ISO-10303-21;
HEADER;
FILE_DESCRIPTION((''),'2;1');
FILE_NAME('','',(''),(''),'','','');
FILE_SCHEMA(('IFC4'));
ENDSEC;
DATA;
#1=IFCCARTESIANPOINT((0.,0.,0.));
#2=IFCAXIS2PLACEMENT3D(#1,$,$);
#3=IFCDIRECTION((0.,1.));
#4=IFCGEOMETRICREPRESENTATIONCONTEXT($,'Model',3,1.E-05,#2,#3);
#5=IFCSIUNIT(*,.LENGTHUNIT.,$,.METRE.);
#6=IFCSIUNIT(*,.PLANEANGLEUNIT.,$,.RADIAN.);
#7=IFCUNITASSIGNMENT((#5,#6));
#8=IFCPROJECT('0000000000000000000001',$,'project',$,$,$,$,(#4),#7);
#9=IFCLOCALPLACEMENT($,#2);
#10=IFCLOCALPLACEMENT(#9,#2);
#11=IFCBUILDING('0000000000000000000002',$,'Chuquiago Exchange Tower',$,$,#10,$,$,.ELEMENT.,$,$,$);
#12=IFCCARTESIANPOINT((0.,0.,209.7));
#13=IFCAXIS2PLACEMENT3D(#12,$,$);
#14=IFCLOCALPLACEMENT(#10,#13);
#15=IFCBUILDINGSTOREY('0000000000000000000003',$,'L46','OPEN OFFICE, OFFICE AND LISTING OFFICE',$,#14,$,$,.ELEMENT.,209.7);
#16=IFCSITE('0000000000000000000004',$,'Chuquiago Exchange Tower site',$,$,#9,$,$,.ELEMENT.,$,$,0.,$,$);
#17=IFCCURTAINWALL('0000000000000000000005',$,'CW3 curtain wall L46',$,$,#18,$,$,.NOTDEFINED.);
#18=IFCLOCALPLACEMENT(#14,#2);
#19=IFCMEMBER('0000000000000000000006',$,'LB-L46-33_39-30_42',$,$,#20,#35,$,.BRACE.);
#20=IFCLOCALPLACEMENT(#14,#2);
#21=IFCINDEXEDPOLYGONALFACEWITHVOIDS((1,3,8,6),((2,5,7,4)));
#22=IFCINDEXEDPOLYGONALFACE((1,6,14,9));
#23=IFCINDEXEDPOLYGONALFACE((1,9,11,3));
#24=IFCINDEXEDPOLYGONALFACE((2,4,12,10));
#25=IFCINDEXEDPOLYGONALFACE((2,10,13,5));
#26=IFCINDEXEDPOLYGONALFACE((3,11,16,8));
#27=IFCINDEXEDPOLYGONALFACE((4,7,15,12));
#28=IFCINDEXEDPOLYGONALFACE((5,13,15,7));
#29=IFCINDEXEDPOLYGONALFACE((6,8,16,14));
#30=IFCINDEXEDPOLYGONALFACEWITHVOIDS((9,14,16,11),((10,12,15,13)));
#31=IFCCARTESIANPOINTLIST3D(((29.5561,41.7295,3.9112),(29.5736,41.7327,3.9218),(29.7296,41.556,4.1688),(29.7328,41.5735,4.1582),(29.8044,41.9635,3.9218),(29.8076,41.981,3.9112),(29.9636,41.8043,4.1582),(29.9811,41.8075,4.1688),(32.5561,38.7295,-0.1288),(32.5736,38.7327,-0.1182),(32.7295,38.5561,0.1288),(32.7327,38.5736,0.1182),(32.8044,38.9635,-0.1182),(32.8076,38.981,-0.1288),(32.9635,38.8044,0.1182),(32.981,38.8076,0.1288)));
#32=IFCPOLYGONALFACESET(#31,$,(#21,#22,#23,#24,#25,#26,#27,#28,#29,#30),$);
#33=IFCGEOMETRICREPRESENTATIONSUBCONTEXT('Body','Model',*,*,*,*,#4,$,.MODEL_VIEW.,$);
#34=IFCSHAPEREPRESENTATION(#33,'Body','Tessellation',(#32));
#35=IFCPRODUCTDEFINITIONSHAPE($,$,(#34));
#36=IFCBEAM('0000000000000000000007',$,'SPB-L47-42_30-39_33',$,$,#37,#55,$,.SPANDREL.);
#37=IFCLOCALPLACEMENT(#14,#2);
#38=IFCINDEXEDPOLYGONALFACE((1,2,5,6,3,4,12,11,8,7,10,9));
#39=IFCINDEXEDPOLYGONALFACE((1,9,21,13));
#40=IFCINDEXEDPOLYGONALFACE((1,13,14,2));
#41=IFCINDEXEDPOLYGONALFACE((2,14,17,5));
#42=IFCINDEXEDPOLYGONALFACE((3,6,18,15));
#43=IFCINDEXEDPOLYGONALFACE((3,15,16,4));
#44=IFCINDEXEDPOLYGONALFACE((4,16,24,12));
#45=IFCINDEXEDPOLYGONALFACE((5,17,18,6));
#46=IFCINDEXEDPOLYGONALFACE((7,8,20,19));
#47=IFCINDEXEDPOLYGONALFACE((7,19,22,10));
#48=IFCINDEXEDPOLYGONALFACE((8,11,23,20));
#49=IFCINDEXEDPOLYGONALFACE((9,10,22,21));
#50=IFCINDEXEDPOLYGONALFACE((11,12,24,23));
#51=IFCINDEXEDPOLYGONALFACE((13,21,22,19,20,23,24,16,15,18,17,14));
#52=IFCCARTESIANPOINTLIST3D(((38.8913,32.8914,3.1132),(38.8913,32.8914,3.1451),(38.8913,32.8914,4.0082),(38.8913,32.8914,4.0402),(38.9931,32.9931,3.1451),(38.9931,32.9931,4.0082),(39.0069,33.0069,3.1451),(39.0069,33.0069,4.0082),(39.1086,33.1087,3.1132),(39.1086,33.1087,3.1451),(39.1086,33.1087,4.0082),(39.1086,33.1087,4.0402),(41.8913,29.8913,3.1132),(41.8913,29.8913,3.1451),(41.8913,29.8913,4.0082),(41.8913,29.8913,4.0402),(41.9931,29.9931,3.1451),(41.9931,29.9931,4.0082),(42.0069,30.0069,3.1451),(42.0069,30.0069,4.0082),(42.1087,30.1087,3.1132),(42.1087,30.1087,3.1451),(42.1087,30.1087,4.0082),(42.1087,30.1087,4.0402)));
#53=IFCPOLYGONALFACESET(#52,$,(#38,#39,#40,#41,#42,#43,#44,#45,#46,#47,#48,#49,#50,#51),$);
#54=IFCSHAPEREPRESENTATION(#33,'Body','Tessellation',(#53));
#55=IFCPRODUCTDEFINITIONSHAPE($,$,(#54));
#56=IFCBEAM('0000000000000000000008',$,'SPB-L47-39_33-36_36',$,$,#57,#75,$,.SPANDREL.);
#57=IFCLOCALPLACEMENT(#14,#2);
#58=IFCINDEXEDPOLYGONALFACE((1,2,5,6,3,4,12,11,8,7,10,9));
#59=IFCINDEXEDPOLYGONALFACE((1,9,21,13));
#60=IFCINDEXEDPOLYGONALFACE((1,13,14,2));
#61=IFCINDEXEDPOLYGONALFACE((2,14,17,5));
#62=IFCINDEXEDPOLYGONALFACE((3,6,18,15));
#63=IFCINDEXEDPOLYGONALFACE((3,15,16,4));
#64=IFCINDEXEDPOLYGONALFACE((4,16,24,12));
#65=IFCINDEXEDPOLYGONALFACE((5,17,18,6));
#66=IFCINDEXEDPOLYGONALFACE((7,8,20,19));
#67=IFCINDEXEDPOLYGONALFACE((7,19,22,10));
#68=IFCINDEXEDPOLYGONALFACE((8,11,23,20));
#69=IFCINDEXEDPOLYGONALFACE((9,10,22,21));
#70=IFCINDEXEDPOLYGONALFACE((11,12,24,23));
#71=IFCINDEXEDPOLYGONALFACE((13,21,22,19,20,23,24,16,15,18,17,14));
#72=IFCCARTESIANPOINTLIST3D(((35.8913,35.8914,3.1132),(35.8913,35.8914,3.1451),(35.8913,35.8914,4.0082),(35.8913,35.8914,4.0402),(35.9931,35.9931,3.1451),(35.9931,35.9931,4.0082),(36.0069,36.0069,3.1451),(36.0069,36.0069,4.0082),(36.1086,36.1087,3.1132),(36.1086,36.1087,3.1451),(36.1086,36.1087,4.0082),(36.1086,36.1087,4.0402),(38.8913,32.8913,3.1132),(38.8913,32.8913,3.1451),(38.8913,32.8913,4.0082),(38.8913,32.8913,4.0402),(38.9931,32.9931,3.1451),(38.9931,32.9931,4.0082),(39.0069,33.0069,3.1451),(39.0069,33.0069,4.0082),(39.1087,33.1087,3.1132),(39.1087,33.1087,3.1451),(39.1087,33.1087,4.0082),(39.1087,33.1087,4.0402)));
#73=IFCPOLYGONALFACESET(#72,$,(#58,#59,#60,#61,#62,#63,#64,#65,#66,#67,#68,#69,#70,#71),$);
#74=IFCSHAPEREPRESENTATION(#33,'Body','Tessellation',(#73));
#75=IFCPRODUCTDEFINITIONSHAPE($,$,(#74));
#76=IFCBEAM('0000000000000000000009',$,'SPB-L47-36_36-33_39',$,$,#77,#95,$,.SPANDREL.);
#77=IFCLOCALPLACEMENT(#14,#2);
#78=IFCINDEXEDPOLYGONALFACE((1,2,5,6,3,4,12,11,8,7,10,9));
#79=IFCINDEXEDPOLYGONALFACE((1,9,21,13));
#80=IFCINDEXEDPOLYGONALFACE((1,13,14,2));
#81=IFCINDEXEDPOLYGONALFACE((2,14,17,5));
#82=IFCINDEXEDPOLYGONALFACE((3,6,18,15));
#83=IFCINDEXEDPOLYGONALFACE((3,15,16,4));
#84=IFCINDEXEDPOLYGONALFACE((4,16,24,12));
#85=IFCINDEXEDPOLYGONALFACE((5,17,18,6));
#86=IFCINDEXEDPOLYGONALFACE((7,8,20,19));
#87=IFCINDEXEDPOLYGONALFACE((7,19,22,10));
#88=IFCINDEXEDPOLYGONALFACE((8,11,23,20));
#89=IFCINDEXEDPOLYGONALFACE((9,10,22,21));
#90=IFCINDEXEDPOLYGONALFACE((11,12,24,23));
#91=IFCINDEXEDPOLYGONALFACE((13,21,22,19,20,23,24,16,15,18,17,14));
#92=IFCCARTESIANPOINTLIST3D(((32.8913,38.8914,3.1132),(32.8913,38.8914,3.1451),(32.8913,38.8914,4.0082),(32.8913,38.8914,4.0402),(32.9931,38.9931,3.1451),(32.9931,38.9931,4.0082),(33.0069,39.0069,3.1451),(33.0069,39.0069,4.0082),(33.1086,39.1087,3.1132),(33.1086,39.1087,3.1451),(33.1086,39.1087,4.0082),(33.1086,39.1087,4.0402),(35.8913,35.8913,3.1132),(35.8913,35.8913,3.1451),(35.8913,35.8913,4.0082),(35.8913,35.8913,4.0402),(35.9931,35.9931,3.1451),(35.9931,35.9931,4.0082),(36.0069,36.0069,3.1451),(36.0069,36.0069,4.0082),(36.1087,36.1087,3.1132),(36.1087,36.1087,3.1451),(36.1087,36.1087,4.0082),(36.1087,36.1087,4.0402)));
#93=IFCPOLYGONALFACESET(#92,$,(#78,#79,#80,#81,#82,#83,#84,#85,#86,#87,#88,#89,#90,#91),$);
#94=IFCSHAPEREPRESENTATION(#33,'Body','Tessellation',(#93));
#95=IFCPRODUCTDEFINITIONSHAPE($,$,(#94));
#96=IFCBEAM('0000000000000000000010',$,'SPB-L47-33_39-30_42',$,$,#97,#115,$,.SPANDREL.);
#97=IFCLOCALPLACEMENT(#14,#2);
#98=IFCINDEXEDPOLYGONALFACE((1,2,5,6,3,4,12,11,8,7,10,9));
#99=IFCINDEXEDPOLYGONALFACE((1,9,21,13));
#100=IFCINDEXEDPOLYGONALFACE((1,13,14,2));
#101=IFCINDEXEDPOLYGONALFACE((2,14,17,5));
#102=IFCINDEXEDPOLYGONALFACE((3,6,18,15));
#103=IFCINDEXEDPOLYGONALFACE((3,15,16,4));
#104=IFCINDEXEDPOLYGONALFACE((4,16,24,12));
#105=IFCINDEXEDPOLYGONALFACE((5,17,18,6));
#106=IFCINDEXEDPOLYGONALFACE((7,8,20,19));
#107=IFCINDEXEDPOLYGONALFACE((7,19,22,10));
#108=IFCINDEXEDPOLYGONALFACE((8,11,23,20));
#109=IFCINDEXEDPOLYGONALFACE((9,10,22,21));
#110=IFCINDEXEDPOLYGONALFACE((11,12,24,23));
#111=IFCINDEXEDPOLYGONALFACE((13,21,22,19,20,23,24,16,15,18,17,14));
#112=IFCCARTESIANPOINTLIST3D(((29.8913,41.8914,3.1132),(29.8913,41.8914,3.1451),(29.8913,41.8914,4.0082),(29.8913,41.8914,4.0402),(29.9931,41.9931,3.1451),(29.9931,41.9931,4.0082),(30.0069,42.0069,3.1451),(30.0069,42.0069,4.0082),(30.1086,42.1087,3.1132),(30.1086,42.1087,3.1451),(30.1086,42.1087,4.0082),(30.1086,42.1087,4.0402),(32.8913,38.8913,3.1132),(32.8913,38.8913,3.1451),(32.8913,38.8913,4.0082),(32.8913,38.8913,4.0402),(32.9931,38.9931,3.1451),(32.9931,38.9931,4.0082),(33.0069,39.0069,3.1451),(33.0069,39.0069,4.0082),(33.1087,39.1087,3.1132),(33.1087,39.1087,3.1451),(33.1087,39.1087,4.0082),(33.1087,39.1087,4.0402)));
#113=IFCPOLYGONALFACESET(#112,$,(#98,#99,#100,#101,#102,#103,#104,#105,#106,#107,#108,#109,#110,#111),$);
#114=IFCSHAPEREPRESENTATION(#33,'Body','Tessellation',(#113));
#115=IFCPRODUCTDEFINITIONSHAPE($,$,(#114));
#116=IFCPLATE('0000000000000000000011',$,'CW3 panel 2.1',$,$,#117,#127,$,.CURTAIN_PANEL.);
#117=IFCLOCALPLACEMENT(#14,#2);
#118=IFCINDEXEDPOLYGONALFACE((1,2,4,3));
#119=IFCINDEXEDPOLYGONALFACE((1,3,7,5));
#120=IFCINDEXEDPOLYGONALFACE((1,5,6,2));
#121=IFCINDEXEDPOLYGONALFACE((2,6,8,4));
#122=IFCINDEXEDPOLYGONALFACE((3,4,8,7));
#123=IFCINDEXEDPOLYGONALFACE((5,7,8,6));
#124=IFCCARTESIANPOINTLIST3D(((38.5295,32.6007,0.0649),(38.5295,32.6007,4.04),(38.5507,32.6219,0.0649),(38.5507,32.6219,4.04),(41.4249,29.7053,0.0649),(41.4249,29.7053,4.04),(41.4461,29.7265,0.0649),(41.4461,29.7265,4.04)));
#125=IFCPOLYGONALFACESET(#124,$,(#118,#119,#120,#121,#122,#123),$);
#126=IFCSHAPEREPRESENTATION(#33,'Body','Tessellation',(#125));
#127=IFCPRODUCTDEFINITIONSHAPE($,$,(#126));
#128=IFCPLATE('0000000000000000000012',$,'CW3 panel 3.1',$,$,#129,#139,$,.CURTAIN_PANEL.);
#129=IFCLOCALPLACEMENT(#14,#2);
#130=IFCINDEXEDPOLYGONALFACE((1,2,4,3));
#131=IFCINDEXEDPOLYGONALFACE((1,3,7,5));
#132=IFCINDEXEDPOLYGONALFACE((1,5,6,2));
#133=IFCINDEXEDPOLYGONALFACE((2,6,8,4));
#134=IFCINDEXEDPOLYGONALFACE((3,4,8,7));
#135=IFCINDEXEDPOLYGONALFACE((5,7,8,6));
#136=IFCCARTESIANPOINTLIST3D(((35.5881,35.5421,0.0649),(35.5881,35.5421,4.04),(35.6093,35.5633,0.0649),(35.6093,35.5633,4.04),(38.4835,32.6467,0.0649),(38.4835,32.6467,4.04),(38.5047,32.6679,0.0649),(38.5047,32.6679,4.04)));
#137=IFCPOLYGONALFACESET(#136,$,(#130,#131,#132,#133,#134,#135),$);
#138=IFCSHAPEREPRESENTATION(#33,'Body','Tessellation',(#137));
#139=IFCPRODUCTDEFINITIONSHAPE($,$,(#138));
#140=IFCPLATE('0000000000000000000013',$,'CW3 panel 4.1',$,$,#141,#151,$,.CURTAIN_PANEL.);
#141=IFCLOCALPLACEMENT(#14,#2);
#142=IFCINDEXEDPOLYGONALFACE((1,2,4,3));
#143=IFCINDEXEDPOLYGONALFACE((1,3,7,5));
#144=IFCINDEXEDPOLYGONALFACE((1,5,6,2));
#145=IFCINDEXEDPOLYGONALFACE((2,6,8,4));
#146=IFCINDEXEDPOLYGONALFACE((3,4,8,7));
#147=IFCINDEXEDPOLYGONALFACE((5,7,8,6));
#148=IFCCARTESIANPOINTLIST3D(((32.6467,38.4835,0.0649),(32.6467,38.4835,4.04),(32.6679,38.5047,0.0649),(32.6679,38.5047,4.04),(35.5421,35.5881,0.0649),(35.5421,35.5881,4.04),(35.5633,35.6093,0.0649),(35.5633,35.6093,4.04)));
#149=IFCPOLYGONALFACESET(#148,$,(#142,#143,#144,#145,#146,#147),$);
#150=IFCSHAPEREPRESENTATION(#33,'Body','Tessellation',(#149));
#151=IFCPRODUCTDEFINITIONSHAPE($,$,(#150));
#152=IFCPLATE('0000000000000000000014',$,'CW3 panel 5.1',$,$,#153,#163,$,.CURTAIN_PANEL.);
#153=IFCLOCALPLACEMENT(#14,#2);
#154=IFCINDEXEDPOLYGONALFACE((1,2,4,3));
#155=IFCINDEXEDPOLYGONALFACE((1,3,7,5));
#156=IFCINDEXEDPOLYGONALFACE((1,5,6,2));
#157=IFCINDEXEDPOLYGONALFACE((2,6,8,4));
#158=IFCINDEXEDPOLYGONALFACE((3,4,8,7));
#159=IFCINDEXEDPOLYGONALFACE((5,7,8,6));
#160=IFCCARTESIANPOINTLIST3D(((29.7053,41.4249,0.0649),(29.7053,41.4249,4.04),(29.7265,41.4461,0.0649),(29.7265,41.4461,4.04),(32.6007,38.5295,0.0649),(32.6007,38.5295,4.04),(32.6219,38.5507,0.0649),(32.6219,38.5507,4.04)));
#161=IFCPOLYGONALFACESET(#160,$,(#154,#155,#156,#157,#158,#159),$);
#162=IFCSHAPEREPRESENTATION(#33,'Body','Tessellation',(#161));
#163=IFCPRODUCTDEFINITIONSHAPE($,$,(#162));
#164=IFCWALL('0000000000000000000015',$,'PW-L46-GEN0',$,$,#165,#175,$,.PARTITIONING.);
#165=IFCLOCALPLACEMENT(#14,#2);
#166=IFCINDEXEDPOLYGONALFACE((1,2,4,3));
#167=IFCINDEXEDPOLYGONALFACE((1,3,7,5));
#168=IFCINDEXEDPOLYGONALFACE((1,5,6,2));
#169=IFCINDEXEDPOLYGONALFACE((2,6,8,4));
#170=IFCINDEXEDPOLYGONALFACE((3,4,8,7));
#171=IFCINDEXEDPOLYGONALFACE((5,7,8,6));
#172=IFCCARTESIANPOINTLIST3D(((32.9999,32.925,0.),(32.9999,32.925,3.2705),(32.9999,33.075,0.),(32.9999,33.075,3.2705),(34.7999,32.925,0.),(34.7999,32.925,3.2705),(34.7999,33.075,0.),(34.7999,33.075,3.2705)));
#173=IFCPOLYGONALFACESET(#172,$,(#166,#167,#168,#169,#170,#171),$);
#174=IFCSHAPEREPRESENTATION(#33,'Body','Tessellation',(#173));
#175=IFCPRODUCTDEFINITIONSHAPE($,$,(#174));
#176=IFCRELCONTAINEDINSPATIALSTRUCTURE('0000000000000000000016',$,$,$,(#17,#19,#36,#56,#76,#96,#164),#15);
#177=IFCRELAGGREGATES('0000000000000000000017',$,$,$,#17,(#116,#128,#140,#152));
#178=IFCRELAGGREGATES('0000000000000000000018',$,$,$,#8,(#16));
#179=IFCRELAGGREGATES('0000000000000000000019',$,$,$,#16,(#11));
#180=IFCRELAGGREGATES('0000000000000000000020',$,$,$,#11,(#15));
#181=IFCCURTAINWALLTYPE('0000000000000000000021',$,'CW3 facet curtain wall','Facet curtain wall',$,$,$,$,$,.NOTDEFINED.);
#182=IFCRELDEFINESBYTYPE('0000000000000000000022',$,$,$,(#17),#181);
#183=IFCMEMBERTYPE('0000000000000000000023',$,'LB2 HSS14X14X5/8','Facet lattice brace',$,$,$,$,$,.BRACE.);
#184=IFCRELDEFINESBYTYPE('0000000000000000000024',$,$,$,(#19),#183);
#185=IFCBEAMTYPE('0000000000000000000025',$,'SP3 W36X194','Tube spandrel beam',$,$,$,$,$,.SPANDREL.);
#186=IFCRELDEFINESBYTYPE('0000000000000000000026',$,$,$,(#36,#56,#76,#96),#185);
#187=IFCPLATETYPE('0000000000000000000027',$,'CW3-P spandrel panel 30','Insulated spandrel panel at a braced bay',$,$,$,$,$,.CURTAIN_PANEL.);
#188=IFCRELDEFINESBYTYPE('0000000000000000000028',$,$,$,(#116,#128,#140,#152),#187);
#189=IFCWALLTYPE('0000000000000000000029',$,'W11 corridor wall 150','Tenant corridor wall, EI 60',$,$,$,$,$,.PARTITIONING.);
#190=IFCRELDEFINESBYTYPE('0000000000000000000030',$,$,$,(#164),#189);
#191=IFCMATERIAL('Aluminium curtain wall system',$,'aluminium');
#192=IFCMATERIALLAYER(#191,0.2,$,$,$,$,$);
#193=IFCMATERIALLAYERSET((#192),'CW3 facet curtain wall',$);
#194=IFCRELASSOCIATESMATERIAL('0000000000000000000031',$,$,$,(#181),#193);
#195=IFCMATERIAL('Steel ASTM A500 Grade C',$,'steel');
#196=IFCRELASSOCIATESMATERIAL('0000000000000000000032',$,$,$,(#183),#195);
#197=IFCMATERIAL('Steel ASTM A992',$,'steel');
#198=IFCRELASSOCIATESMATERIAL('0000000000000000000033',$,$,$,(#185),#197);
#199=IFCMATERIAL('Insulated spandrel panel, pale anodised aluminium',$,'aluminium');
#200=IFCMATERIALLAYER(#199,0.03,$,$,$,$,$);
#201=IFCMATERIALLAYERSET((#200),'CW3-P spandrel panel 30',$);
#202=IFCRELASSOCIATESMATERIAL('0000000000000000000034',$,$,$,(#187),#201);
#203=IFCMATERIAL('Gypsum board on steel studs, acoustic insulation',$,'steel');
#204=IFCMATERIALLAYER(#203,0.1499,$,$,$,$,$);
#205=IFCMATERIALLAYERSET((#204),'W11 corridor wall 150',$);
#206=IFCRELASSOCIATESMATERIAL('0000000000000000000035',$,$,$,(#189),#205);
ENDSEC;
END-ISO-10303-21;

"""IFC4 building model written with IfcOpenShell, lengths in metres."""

from ifc_helpers import new_model, si_unit, direction, frame, frame_2d, origin, origin_2d, place, context, subcontext, project, spatial, rectangle, hollow_rectangle, i_section, extrude, material, layer, layer_set, material_profile, profile_set, type_object, element, aggregate, save


model = new_model("IFC4")

# Units and contexts
model_context = context("Model", 3, precision=1e-05, world=origin(), true_north=direction((0.0, 1.0)))
body_context = subcontext(model_context, "Body", "Model", "MODEL_VIEW")
ifc_project = project(units=[si_unit("LENGTHUNIT", "METRE"), si_unit("PLANEANGLEUNIT", "RADIAN")], contexts=[model_context])

# Site, building, storey
site_placement = place(None, origin())
site = spatial("IfcSite", under=ifc_project, at=site_placement, Name="Chuquiago Exchange Tower site", CompositionType="ELEMENT", RefElevation=0.0)
building_placement = place(site_placement, origin())
building = spatial("IfcBuilding", under=site, at=building_placement, Name="Chuquiago Exchange Tower", CompositionType="ELEMENT")
storey_placement = place(building_placement, frame((0.0, 0.0, 209.7)))
storey = spatial("IfcBuildingStorey", under=building, at=storey_placement, Name="L46", Description="OPEN OFFICE, OFFICE AND LISTING OFFICE", CompositionType="ELEMENT", Elevation=209.7)

# Curtain wall
ifc_material_1 = material(Name="Aluminium curtain wall system", Category="aluminium")
ifc_layer_1 = layer(ifc_material_1, 0.2)
ifc_layer_set_1 = layer_set([ifc_layer_1], Name="CW3 facet curtain wall")
curtain_wall_type = type_object("IfcCurtainWallType", Name="CW3 facet curtain wall", Description="Facet curtain wall", PredefinedType="NOTDEFINED", material=ifc_layer_set_1)
curtain_wall_placement = place(storey_placement, origin())
curtain_wall = element("IfcCurtainWall", 1, at=curtain_wall_placement, inside=storey, type_object=curtain_wall_type, Name="CW3 curtain wall L46", PredefinedType="NOTDEFINED")

# Member
ifc_material_2 = material(Name="Steel ASTM A500 Grade C", Category="steel")
ifc_material_profile_1 = material_profile(ifc_material_2, hollow_rectangle(XDim=0.3557, YDim=0.3557, WallThickness=0.0146, at=origin_2d()), Name="HSS14X14X5/8")
ifc_profile_set_1 = profile_set([ifc_material_profile_1], Name="Steel ASTM A500 Grade C")
member_type_1 = type_object("IfcMemberType", Name="LB2 HSS14X14X5/8", Description="Facet lattice brace", PredefinedType="BRACE", material=ifc_profile_set_1)
for number, where, z_axis, x_axis, name in (
    (2, (32.7686, 38.7686, 0.0), (-0.512077, 0.512077, 0.689604), (-0.707107, -0.707107, 0.0), "LB-L46-33_39-30_42"),
):
    element("IfcMember", number, at=place(storey_placement, frame(where, z_axis=z_axis, x_axis=x_axis)), inside=storey, type_object=member_type_1, Name=name, PredefinedType="BRACE", context=body_context, shape_type="SweptSolid", body=[
        extrude(hollow_rectangle(XDim=0.3557, YDim=0.3557, WallThickness=0.0146, at=origin_2d()), origin(), (0.0, 0.0, 1.0), 5.8584),
    ])

# Beams
ifc_material_3 = material(Name="Steel ASTM A992", Category="steel")
ifc_material_profile_2 = material_profile(ifc_material_3, i_section(OverallWidth=0.3074, OverallDepth=0.927, WebThickness=0.0195, FlangeThickness=0.032, at=origin_2d()), Name="W36X194")
ifc_profile_set_2 = profile_set([ifc_material_profile_2], Name="Steel ASTM A992")
beam_type_1 = type_object("IfcBeamType", Name="SP3 W36X194", Description="Tube spandrel beam", PredefinedType="SPANDREL", material=ifc_profile_set_2)
for number, where, z_axis, x_axis, name in (
    (3, (42.0, 30.0, 3.5767), (-0.707107, 0.707107, 0.0), (-0.707107, -0.707107, 0.0), "SPB-L47-42_30-39_33"),
    (4, (39.0, 33.0, 3.5767), (-0.707107, 0.707107, 0.0), (-0.707107, -0.707107, 0.0), "SPB-L47-39_33-36_36"),
    (5, (36.0, 36.0, 3.5767), (-0.707107, 0.707107, 0.0), (-0.707107, -0.707107, 0.0), "SPB-L47-36_36-33_39"),
    (6, (33.0, 39.0, 3.5767), (-0.707107, 0.707107, 0.0), (-0.707107, -0.707107, 0.0), "SPB-L47-33_39-30_42"),
):
    element("IfcBeam", number, at=place(storey_placement, frame(where, z_axis=z_axis, x_axis=x_axis)), inside=storey, type_object=beam_type_1, Name=name, PredefinedType="SPANDREL", context=body_context, shape_type="SweptSolid", body=[
        extrude(i_section(OverallWidth=0.3074, OverallDepth=0.927, WebThickness=0.0195, FlangeThickness=0.032, at=origin_2d()), origin(), (0.0, 0.0, 1.0), 4.2427),
    ])

# Plates
ifc_material_4 = material(Name="Insulated spandrel panel, pale anodised aluminium", Category="aluminium")
ifc_layer_2 = layer(ifc_material_4, 0.03)
ifc_layer_set_2 = layer_set([ifc_layer_2], Name="CW3-P spandrel panel 30")
plate_type = type_object("IfcPlateType", Name="CW3-P spandrel panel 30", Description="Insulated spandrel panel at a braced bay", PredefinedType="CURTAIN_PANEL", material=ifc_layer_set_2)
plate_1_placement = place(storey_placement, frame((39.9878, 31.1636, 0.0649), z_axis=(0.0, 0.0, 1.0), x_axis=(-0.707107, 0.707107, 0.0)))
plate_1 = element("IfcPlate", 7, at=plate_1_placement, type_object=plate_type, Name="CW3 panel 2.1", PredefinedType="CURTAIN_PANEL", context=body_context, shape_type="SweptSolid", body=[
    extrude(rectangle(XDim=4.0947, YDim=0.03, at=origin_2d()), origin(), (0.0, 0.0, 1.0), 3.9751),
])
plate_2_placement = place(storey_placement, frame((37.0464, 34.105, 0.0649), z_axis=(0.0, 0.0, 1.0), x_axis=(-0.707107, 0.707107, 0.0)))
plate_2 = element("IfcPlate", 8, at=plate_2_placement, type_object=plate_type, Name="CW3 panel 3.1", PredefinedType="CURTAIN_PANEL", context=body_context, shape_type="SweptSolid", body=[
    extrude(rectangle(XDim=4.0947, YDim=0.03, at=origin_2d()), origin(), (0.0, 0.0, 1.0), 3.9751),
])
plate_3_placement = place(storey_placement, frame((34.105, 37.0464, 0.0649), z_axis=(0.0, 0.0, 1.0), x_axis=(-0.707107, 0.707107, 0.0)))
plate_3 = element("IfcPlate", 9, at=plate_3_placement, type_object=plate_type, Name="CW3 panel 4.1", PredefinedType="CURTAIN_PANEL", context=body_context, shape_type="SweptSolid", body=[
    extrude(rectangle(XDim=4.0947, YDim=0.03, at=origin_2d()), origin(), (0.0, 0.0, 1.0), 3.9751),
])
plate_4_placement = place(storey_placement, frame((31.1636, 39.9878, 0.0649), z_axis=(0.0, 0.0, 1.0), x_axis=(-0.707107, 0.707107, 0.0)))
plate_4 = element("IfcPlate", 10, at=plate_4_placement, type_object=plate_type, Name="CW3 panel 5.1", PredefinedType="CURTAIN_PANEL", context=body_context, shape_type="SweptSolid", body=[
    extrude(rectangle(XDim=4.0947, YDim=0.03, at=origin_2d()), origin(), (0.0, 0.0, 1.0), 3.9751),
])
aggregate(curtain_wall, [plate_1, plate_2, plate_3, plate_4])

# Wall
ifc_material_5 = material(Name="Gypsum board on steel studs, acoustic insulation", Category="steel")
ifc_layer_3 = layer(ifc_material_5, 0.1499)
ifc_layer_set_3 = layer_set([ifc_layer_3], Name="W11 corridor wall 150")
wall_type_1 = type_object("IfcWallType", Name="W11 corridor wall 150", Description="Tenant corridor wall, EI 60", PredefinedType="PARTITIONING", material=ifc_layer_set_3)
wall_1_placement = place(storey_placement, frame((33.0, 33.0, 0.0), z_axis=(0.0, 0.0, 1.0), x_axis=(1.0, 0.0, 0.0)))
element("IfcWall", 11, at=wall_1_placement, inside=storey, type_object=wall_type_1, Name="PW-L46-GEN0", PredefinedType="PARTITIONING", context=body_context, shape_type="SweptSolid", body=[
    extrude(rectangle(XDim=1.8, YDim=0.1499, at=frame_2d((0.8999, 0.0))), origin(), (0.0, 0.0, 1.0), 3.2705),
])

save(model, "model.ifc")
